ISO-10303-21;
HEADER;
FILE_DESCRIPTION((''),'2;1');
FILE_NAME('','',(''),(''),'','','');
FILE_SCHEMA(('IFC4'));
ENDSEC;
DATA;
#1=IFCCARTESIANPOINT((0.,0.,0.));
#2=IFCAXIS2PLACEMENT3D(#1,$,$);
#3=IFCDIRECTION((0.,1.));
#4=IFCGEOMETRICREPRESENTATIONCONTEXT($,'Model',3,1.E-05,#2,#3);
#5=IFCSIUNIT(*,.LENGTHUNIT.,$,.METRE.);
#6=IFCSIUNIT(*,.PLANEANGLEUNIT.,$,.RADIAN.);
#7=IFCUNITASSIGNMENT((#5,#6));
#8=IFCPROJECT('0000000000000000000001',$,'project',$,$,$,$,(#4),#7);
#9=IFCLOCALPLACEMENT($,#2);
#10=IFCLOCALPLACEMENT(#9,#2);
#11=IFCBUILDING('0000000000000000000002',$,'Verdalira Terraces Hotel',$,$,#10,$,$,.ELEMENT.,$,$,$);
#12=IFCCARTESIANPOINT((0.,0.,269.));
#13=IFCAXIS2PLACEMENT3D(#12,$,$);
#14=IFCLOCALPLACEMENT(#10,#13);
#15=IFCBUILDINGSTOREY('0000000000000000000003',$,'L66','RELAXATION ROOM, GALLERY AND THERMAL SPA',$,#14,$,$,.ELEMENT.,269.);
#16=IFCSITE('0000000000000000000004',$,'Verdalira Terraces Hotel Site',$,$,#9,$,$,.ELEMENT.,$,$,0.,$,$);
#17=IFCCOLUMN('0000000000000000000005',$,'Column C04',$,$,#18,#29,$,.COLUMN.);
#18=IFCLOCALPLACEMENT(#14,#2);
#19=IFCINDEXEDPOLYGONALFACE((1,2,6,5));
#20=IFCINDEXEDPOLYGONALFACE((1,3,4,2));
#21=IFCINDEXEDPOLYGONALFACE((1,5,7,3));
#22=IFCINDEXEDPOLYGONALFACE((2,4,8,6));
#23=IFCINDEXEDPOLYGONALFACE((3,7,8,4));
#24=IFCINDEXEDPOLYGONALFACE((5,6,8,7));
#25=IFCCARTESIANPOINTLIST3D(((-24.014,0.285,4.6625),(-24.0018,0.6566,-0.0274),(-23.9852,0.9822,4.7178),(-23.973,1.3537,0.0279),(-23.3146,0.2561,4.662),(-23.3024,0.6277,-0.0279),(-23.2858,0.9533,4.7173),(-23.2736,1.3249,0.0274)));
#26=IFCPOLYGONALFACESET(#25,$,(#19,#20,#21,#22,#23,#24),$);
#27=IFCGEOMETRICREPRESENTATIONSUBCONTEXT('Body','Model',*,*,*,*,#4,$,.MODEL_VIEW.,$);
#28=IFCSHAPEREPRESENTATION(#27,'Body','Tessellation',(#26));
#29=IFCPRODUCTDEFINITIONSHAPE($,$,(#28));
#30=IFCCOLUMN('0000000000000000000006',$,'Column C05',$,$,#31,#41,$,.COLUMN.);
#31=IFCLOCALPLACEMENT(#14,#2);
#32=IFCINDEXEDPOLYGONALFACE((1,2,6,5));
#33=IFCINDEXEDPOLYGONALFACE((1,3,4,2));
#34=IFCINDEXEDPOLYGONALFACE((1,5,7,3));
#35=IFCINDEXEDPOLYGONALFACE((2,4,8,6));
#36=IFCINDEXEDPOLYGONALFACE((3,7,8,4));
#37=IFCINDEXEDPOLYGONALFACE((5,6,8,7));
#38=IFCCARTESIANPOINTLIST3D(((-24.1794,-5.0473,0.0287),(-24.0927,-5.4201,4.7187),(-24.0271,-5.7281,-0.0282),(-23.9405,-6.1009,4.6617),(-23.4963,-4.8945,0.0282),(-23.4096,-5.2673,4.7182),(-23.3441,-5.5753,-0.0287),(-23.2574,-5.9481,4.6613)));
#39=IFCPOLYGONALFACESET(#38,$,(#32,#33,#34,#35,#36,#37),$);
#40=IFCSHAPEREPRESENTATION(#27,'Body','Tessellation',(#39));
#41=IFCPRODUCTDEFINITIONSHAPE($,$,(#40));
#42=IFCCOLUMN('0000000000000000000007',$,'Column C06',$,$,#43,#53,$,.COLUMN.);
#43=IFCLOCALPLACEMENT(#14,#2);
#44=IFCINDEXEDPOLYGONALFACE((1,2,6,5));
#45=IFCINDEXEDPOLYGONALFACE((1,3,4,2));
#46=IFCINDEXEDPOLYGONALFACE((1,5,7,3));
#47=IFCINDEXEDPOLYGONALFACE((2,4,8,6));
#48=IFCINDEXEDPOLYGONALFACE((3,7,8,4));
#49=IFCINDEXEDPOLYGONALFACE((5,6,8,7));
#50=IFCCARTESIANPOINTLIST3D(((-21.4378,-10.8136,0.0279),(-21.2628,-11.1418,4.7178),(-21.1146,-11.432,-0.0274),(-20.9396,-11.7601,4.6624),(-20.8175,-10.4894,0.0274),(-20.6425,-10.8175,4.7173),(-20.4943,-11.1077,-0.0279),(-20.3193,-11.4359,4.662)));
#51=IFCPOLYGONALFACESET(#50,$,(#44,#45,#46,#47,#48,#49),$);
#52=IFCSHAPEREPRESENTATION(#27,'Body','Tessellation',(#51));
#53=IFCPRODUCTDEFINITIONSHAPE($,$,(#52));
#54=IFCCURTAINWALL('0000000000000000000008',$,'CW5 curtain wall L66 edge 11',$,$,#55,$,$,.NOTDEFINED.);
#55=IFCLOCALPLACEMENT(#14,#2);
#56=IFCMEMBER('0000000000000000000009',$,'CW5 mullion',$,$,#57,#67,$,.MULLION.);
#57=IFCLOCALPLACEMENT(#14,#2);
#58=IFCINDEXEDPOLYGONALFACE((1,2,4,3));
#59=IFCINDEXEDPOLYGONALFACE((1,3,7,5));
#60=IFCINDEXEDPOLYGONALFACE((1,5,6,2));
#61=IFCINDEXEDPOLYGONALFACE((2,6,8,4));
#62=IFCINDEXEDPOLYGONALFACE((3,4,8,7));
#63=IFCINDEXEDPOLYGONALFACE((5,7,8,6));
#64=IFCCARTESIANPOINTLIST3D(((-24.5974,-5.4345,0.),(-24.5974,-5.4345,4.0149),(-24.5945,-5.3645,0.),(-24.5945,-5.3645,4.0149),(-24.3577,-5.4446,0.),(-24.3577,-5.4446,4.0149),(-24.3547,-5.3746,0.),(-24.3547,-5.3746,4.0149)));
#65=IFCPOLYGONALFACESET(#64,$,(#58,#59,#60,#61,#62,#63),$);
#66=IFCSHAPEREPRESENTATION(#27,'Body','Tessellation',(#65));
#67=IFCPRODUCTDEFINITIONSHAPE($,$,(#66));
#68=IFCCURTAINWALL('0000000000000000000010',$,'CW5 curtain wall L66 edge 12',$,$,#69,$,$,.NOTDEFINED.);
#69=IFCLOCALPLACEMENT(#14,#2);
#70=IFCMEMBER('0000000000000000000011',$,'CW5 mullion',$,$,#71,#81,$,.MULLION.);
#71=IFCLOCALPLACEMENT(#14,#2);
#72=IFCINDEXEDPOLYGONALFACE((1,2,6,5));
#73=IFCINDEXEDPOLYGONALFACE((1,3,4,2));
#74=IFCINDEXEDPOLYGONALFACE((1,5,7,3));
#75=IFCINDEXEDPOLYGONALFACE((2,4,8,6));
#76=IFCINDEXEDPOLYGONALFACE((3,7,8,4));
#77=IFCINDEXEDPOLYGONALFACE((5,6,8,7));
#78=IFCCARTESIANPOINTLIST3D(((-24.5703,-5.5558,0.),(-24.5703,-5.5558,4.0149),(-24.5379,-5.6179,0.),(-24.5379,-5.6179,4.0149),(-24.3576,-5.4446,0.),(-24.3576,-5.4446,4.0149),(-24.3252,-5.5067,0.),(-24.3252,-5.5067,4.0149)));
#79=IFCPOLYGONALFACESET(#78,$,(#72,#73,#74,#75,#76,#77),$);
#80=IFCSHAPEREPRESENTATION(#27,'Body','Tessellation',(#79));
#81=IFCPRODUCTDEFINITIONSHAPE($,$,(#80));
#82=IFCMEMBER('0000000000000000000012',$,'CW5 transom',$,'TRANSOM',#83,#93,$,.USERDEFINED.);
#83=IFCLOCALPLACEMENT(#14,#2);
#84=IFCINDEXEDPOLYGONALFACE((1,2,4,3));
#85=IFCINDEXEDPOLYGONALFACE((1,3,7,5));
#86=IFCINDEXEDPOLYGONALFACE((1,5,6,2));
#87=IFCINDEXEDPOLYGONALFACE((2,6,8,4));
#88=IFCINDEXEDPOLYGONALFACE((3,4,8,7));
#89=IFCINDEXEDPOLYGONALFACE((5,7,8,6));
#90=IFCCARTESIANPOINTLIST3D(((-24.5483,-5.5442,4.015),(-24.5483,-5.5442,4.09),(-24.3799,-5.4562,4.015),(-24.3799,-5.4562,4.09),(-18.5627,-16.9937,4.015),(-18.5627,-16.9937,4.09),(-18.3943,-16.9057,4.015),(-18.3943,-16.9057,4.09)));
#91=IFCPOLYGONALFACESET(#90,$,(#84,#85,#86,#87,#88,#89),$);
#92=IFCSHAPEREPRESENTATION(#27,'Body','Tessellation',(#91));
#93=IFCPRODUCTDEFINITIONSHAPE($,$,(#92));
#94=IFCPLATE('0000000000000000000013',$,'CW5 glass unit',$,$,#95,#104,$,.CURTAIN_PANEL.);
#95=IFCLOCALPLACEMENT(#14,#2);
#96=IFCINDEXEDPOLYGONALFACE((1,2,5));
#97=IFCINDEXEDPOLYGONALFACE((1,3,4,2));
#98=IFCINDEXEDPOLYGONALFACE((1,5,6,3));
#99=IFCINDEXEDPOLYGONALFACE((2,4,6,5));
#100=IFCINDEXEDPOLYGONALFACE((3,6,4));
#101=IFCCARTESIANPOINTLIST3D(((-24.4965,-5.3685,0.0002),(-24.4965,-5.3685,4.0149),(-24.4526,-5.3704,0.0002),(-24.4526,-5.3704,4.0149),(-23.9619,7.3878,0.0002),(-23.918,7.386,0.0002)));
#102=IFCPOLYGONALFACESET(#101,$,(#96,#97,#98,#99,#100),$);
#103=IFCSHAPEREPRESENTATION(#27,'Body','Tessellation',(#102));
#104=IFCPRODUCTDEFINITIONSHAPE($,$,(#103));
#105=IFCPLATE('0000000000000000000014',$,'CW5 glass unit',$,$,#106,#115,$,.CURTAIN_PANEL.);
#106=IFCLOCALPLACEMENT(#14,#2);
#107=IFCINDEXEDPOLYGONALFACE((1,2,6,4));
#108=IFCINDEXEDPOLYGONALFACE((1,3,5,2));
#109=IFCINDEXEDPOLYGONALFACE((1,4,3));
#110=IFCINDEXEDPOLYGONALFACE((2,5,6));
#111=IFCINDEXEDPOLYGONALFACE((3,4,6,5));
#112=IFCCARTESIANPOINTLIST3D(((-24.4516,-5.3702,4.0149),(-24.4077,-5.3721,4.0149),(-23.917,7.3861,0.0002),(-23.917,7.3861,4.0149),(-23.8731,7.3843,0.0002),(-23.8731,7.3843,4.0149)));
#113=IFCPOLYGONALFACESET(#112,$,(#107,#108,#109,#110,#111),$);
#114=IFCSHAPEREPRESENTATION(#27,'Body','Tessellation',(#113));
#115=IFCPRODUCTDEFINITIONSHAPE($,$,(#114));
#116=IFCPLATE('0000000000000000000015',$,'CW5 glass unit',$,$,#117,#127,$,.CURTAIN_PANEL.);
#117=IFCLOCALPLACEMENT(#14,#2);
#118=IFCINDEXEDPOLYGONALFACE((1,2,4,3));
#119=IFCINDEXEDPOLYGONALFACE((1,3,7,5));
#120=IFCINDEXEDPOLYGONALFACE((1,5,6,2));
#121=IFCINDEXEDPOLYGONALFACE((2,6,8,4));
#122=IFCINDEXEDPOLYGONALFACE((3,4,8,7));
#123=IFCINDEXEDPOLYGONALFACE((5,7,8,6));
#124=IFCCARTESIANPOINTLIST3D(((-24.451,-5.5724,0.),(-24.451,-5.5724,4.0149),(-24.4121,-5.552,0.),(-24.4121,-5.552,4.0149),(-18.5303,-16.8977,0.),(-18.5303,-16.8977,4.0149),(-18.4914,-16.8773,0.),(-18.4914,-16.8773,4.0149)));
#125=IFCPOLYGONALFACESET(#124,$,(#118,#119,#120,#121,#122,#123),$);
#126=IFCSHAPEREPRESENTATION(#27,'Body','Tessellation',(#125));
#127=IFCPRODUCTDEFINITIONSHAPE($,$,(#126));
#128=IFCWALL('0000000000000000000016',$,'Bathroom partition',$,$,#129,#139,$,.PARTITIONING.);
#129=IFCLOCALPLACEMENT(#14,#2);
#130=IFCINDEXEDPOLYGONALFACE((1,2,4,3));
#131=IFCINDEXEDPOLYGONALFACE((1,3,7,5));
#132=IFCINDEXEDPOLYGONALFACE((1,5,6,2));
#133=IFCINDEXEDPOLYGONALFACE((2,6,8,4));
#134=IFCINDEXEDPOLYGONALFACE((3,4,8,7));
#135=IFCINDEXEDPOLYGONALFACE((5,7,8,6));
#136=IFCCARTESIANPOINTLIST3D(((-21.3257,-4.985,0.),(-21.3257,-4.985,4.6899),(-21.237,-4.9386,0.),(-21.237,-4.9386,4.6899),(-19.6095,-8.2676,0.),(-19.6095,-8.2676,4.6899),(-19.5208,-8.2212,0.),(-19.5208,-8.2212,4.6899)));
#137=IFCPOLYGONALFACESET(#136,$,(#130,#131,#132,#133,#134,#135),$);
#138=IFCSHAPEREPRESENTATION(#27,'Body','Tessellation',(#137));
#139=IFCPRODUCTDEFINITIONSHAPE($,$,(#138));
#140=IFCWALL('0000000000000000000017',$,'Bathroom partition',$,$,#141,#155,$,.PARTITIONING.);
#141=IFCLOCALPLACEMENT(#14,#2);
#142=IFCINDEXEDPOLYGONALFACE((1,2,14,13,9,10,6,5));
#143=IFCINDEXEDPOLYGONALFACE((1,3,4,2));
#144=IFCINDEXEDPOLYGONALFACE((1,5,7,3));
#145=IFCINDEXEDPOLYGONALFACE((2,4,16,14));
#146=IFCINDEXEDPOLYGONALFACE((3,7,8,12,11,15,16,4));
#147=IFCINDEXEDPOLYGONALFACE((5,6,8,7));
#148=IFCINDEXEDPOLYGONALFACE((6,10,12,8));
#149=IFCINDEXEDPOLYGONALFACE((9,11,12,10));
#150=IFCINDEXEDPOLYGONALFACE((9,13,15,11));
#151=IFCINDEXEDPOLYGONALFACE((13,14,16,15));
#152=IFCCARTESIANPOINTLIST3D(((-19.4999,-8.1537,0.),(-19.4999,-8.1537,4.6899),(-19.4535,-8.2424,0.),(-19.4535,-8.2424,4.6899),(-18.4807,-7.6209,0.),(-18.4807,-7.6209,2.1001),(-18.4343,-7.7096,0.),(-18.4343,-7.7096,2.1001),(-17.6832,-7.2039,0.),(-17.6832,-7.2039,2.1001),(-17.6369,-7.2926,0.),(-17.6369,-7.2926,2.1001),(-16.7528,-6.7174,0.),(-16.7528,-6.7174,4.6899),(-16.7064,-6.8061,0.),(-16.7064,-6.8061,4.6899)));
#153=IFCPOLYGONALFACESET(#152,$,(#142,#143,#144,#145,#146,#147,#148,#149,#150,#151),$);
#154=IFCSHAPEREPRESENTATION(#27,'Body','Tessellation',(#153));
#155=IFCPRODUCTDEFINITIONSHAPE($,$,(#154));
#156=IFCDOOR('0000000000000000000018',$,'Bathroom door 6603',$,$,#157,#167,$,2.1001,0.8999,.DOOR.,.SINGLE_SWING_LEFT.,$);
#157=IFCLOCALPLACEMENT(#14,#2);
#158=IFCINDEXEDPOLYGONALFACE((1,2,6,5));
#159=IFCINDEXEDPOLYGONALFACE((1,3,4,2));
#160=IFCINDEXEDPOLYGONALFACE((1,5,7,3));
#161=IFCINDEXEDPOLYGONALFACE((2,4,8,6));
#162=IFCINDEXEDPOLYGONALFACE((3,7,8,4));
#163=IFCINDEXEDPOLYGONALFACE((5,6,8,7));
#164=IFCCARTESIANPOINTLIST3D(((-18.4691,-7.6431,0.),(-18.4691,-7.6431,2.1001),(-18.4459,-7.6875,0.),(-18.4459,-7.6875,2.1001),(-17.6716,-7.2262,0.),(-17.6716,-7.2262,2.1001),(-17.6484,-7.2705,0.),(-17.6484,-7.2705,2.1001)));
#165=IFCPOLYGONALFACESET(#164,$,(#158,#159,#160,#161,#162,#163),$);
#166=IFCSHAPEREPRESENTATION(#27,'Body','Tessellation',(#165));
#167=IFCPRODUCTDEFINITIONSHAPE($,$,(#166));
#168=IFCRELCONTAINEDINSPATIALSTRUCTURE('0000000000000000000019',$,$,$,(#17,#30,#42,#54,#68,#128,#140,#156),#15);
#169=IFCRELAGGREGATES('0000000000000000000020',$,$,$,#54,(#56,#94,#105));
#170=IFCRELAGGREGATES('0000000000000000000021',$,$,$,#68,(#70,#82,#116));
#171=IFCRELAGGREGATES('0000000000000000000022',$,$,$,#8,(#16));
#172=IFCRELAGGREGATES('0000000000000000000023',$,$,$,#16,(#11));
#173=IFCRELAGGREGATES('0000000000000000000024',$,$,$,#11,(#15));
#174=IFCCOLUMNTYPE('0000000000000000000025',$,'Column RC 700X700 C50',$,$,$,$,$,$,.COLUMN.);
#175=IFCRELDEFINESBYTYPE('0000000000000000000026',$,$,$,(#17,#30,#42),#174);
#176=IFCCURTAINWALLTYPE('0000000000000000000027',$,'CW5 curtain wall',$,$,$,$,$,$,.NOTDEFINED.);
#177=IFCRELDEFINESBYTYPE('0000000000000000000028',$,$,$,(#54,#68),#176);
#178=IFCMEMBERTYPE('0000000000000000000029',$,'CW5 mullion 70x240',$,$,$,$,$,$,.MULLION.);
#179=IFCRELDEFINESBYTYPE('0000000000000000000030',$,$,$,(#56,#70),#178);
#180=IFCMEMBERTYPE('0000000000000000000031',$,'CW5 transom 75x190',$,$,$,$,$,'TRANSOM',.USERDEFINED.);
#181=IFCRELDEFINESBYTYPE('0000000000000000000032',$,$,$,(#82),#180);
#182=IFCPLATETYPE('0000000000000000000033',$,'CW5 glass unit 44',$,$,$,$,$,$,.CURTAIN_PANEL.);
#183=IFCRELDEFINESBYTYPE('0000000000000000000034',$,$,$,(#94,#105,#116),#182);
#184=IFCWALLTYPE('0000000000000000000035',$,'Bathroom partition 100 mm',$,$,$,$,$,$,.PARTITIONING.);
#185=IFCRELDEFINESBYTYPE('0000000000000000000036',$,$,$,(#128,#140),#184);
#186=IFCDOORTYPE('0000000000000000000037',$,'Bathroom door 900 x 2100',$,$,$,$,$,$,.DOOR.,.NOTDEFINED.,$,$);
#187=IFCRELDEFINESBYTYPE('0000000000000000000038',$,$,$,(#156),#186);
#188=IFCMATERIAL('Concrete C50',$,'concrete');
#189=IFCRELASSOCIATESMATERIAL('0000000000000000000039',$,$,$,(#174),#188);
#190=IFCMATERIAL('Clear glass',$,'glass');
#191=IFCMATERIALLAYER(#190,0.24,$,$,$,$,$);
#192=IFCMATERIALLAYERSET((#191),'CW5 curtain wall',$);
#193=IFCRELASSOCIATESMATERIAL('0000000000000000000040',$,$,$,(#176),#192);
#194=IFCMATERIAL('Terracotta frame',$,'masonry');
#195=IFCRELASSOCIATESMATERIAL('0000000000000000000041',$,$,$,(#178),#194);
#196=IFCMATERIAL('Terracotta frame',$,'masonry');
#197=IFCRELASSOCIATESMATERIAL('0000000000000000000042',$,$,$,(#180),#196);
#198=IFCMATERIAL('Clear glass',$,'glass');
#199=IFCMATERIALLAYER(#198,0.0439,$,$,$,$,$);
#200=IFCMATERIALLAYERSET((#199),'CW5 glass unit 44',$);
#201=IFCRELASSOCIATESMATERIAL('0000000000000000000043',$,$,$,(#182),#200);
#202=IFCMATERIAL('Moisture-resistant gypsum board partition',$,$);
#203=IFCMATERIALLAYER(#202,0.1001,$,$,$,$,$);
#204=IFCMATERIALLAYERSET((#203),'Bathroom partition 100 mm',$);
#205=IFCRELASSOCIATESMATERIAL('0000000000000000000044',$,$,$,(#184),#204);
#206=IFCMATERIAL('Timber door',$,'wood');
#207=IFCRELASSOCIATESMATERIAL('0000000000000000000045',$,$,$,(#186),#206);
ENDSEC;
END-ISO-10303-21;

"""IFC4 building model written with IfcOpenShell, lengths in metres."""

from ifc_helpers import new_model, si_unit, direction, frame, frame_2d, origin, origin_2d, place, context, subcontext, project, spatial, polyline, rectangle, outline, extrude, material, layer, layer_set, material_profile, profile_set, type_object, element, fill, aggregate, save


model = new_model("IFC4")

# Units and contexts
model_context = context("Model", 3, precision=1e-05, world=origin(), true_north=direction((0.0, 1.0)))
body_context = subcontext(model_context, "Body", "Model", "MODEL_VIEW")
ifc_project = project(units=[si_unit("LENGTHUNIT", "METRE"), si_unit("PLANEANGLEUNIT", "RADIAN")], contexts=[model_context])

# Site, building, storey
site_placement = place(None, origin())
site = spatial("IfcSite", under=ifc_project, at=site_placement, Name="Verdalira Terraces Hotel Site", CompositionType="ELEMENT", RefElevation=0.0)
building_placement = place(site_placement, origin())
building = spatial("IfcBuilding", under=site, at=building_placement, Name="Verdalira Terraces Hotel", CompositionType="ELEMENT")
storey_placement = place(building_placement, frame((0.0, 0.0, 269.0)))
storey = spatial("IfcBuildingStorey", under=building, at=storey_placement, Name="L66", Description="RELAXATION ROOM, GALLERY AND THERMAL SPA", CompositionType="ELEMENT", Elevation=269.0)

# Columns
ifc_material_1 = material(Name="Concrete C50", Category="concrete")
ifc_material_profile_1 = material_profile(ifc_material_1, rectangle(XDim=0.7, YDim=0.7, at=origin_2d()), Name="RC 700X700")
ifc_profile_set_1 = profile_set([ifc_material_profile_1], Name="Concrete C50")
column_type = type_object("IfcColumnType", Name="Column RC 700X700 C50", PredefinedType="COLUMN", material=ifc_profile_set_1)
column_1_placement = place(storey_placement, frame((-23.6377, 0.9907, 0.0), z_axis=(-0.002595, -0.078982, 0.996873), x_axis=(-0.041129, -0.996024, -0.079022)))
element("IfcColumn", 1, at=column_1_placement, inside=storey, type_object=column_type, Name="Column C04", PredefinedType="COLUMN", context=body_context, shape_type="SweptSolid", body=[
    extrude(rectangle(XDim=0.7, YDim=0.7, at=origin_2d()), origin(), (0.0, 0.0, 1.0), 4.7046),
])
column_2_placement = place(storey_placement, frame((-23.7617, -5.3113, 0.0), z_axis=(0.018419, -0.079226, 0.996686), x_axis=(-0.217498, 0.972666, 0.081336)))
element("IfcColumn", 2, at=column_2_placement, inside=storey, type_object=column_type, Name="Column C05", PredefinedType="COLUMN", context=body_context, shape_type="SweptSolid", body=[
    extrude(rectangle(XDim=0.7, YDim=0.7, at=origin_2d()), origin(), (0.0, 0.0, 1.0), 4.7056),
])
column_3_placement = place(storey_placement, frame((-20.9661, -10.9607, 0.0), z_axis=(0.037208, -0.069745, 0.996871), x_axis=(0.461786, -0.883462, -0.079046)))
element("IfcColumn", 3, at=column_3_placement, inside=storey, type_object=column_type, Name="Column C06", PredefinedType="COLUMN", context=body_context, shape_type="SweptSolid", body=[
    extrude(rectangle(XDim=0.7, YDim=0.7, at=origin_2d()), origin(), (0.0, 0.0, 1.0), 4.7046),
])

# Curtain wall, member
ifc_material_2 = material(Name="Clear glass", Category="glass")
ifc_layer_1 = layer(ifc_material_2, 0.24)
ifc_layer_set_1 = layer_set([ifc_layer_1], Name="CW5 curtain wall")
curtain_wall_type = type_object("IfcCurtainWallType", Name="CW5 curtain wall", PredefinedType="NOTDEFINED", material=ifc_layer_set_1)
curtain_wall_1_placement = place(storey_placement, origin())
curtain_wall_1 = element("IfcCurtainWall", 4, at=curtain_wall_1_placement, inside=storey, type_object=curtain_wall_type, Name="CW5 curtain wall L66 edge 11", PredefinedType="NOTDEFINED")
ifc_material_3 = material(Name="Terracotta frame", Category="masonry")
ifc_material_profile_2 = material_profile(ifc_material_3, rectangle(XDim=0.0701, YDim=0.24, at=origin_2d()), Name="MU 70x240")
ifc_profile_set_2 = profile_set([ifc_material_profile_2], Name="Terracotta frame")
member_type_1 = type_object("IfcMemberType", Name="CW5 mullion 70x240", PredefinedType="MULLION", material=ifc_profile_set_2)
member_1_placement = place(storey_placement, frame((-24.4761, -5.4045, 0.0), z_axis=(0.0, 0.0, 1.0), x_axis=(-0.041876, -0.999123, 0.0)))
member_1 = element("IfcMember", 5, at=member_1_placement, type_object=member_type_1, Name="CW5 mullion", PredefinedType="MULLION", context=body_context, shape_type="SweptSolid", body=[
    extrude(rectangle(XDim=0.0701, YDim=0.24, at=origin_2d()), origin(), (0.0, 0.0, 1.0), 4.0149),
])

# Curtain wall, members
curtain_wall_2_placement = place(storey_placement, origin())
curtain_wall_2 = element("IfcCurtainWall", 6, at=curtain_wall_2_placement, inside=storey, type_object=curtain_wall_type, Name="CW5 curtain wall L66 edge 12", PredefinedType="NOTDEFINED")
member_2_placement = place(storey_placement, frame((-24.4478, -5.5312, 0.0), z_axis=(0.0, 0.0, 1.0), x_axis=(0.463296, -0.886204, 0.0)))
member_2 = element("IfcMember", 7, at=member_2_placement, type_object=member_type_1, Name="CW5 mullion", PredefinedType="MULLION", context=body_context, shape_type="SweptSolid", body=[
    extrude(rectangle(XDim=0.0701, YDim=0.24, at=origin_2d()), origin(), (0.0, 0.0, 1.0), 4.0149),
])
ifc_material_4 = material(Name="Terracotta frame", Category="masonry")
ifc_material_profile_3 = material_profile(ifc_material_4, rectangle(XDim=0.1899, YDim=0.075, at=origin_2d()), Name="TR 75x190")
ifc_profile_set_3 = profile_set([ifc_material_profile_3], Name="Terracotta frame")
member_type_2 = type_object("IfcMemberType", Name="CW5 transom 75x190", ElementType="TRANSOM", PredefinedType="USERDEFINED", material=ifc_profile_set_3)
member_3_placement = place(storey_placement, frame((-24.4641, -5.5002, 4.0525), z_axis=(0.463294, -0.886205, 0.0), x_axis=(0.886205, 0.463294, 0.0)))
member_3 = element("IfcMember", 8, at=member_3_placement, type_object=member_type_2, Name="CW5 transom", ObjectType="TRANSOM", PredefinedType="USERDEFINED", context=body_context, shape_type="SweptSolid", body=[
    extrude(rectangle(XDim=0.1899, YDim=0.075, at=origin_2d()), origin(), (0.0, 0.0, 1.0), 12.9197),
])

# Plates
ifc_material_5 = material(Name="Clear glass", Category="glass")
ifc_layer_2 = layer(ifc_material_5, 0.0439)
ifc_layer_set_2 = layer_set([ifc_layer_2], Name="CW5 glass unit 44")
plate_type = type_object("IfcPlateType", Name="CW5 glass unit 44", PredefinedType="CURTAIN_PANEL", material=ifc_layer_set_2)
plate_1_placement = place(storey_placement, frame((-24.1853, 1.0078, 2.0076), z_axis=(-0.999123, 0.041876, 0.0), x_axis=(-0.041876, -0.999123, 0.0)))
plate_1 = element("IfcPlate", 9, at=plate_1_placement, type_object=plate_type, Name="CW5 glass unit", PredefinedType="CURTAIN_PANEL", context=body_context, shape_type="SweptSolid", body=[
    extrude(outline(polyline([(-6.3838, -2.0073), (6.3838, -2.0073), (6.3838, 2.0073), (-6.3838, -2.0073)])), origin(), (0.0, 0.0, 1.0), 0.0439),
])
plate_2_placement = place(storey_placement, frame((-24.1404, 1.0061, 2.0076), z_axis=(-0.999123, 0.041876, 0.0), x_axis=(-0.041876, -0.999123, 0.0)))
plate_2 = element("IfcPlate", 10, at=plate_2_placement, type_object=plate_type, Name="CW5 glass unit", PredefinedType="CURTAIN_PANEL", context=body_context, shape_type="SweptSolid", body=[
    extrude(outline(polyline([(-6.3838, -2.0073), (6.3838, 2.0073), (-6.3838, 2.0073), (-6.3838, -2.0073)])), origin(), (0.0, 0.0, 1.0), 0.0439),
])
aggregate(curtain_wall_1, [member_1, plate_1, plate_2])
plate_3_placement = place(storey_placement, frame((-21.4712, -11.2249, 0.0), z_axis=(0.0, 0.0, 1.0), x_axis=(0.463296, -0.886204, 0.0)))
plate_3 = element("IfcPlate", 11, at=plate_3_placement, type_object=plate_type, Name="CW5 glass unit", PredefinedType="CURTAIN_PANEL", context=body_context, shape_type="SweptSolid", body=[
    extrude(rectangle(XDim=12.7795, YDim=0.0439, at=origin_2d()), origin(), (0.0, 0.0, 1.0), 4.0149),
])
aggregate(curtain_wall_2, [member_2, member_3, plate_3])

# Wall
ifc_material_6 = material(Name="Moisture-resistant gypsum board partition")
ifc_layer_3 = layer(ifc_material_6, 0.1001)
ifc_layer_set_3 = layer_set([ifc_layer_3], Name="Bathroom partition 100 mm")
wall_type_1 = type_object("IfcWallType", Name="Bathroom partition 100 mm", PredefinedType="PARTITIONING", material=ifc_layer_set_3)
wall_1_placement = place(storey_placement, frame((-19.5652, -8.2444, 0.0), z_axis=(0.0, 0.0, 1.0), x_axis=(-0.463302, 0.8862, 0.0)))
element("IfcWall", 12, at=wall_1_placement, inside=storey, type_object=wall_type_1, Name="Bathroom partition", PredefinedType="PARTITIONING", context=body_context, shape_type="SweptSolid", body=[
    extrude(rectangle(XDim=3.7041, YDim=0.1001, at=frame_2d((1.8521, 0.0))), origin(), (0.0, 0.0, 1.0), 4.6899),
])

# Wall, opening, door
wall_2_placement = place(storey_placement, frame((-19.4766, -8.198, 0.0), z_axis=(0.0, 0.0, 1.0), x_axis=(0.886184, 0.463333, 0.0)))
wall_2 = element("IfcWall", 13, at=wall_2_placement, inside=storey, type_object=wall_type_1, Name="Bathroom partition", PredefinedType="PARTITIONING", context=body_context, shape_type="SweptSolid", body=[
    extrude(rectangle(XDim=3.0999, YDim=0.1001, at=frame_2d((1.5498, 0.0))), origin(), (0.0, 0.0, 1.0), 4.6899),
])
opening_1_placement = place(wall_2_placement, frame((1.1499, 0.0, 0.0)))
opening_1 = element("IfcOpeningElement", 14, at=opening_1_placement, cuts=wall_2, PredefinedType="OPENING", context=body_context, shape_type="SweptSolid", body=[
    extrude(rectangle(XDim=0.8999, YDim=2.1001, at=frame_2d((0.45, 1.05))), frame((0.0, 0.0601, 0.0), z_axis=(0.0, -1.0, 0.0), x_axis=(1.0, 0.0, 0.0)), (0.0, 0.0, 1.0), 0.1201),
])
ifc_material_7 = material(Name="Timber door", Category="wood")
door_type_1 = type_object("IfcDoorType", Name="Bathroom door 900 x 2100", OperationType="NOTDEFINED", PredefinedType="DOOR", material=ifc_material_7)
door_1_placement = place(opening_1_placement, origin())
door_1 = element("IfcDoor", 15, at=door_1_placement, inside=storey, type_object=door_type_1, Name="Bathroom door 6603", OperationType="SINGLE_SWING_LEFT", OverallHeight=2.1001, OverallWidth=0.8999, PredefinedType="DOOR", context=body_context, shape_type="SweptSolid", body=[
    extrude(rectangle(XDim=0.8999, YDim=2.1001, at=frame_2d((0.45, 1.05))), frame((0.0, 0.0249, 0.0), z_axis=(0.0, -1.0, 0.0), x_axis=(1.0, 0.0, 0.0)), (0.0, 0.0, 1.0), 0.05),
])
fill(opening_1, door_1)

save(model, "model.ifc")
